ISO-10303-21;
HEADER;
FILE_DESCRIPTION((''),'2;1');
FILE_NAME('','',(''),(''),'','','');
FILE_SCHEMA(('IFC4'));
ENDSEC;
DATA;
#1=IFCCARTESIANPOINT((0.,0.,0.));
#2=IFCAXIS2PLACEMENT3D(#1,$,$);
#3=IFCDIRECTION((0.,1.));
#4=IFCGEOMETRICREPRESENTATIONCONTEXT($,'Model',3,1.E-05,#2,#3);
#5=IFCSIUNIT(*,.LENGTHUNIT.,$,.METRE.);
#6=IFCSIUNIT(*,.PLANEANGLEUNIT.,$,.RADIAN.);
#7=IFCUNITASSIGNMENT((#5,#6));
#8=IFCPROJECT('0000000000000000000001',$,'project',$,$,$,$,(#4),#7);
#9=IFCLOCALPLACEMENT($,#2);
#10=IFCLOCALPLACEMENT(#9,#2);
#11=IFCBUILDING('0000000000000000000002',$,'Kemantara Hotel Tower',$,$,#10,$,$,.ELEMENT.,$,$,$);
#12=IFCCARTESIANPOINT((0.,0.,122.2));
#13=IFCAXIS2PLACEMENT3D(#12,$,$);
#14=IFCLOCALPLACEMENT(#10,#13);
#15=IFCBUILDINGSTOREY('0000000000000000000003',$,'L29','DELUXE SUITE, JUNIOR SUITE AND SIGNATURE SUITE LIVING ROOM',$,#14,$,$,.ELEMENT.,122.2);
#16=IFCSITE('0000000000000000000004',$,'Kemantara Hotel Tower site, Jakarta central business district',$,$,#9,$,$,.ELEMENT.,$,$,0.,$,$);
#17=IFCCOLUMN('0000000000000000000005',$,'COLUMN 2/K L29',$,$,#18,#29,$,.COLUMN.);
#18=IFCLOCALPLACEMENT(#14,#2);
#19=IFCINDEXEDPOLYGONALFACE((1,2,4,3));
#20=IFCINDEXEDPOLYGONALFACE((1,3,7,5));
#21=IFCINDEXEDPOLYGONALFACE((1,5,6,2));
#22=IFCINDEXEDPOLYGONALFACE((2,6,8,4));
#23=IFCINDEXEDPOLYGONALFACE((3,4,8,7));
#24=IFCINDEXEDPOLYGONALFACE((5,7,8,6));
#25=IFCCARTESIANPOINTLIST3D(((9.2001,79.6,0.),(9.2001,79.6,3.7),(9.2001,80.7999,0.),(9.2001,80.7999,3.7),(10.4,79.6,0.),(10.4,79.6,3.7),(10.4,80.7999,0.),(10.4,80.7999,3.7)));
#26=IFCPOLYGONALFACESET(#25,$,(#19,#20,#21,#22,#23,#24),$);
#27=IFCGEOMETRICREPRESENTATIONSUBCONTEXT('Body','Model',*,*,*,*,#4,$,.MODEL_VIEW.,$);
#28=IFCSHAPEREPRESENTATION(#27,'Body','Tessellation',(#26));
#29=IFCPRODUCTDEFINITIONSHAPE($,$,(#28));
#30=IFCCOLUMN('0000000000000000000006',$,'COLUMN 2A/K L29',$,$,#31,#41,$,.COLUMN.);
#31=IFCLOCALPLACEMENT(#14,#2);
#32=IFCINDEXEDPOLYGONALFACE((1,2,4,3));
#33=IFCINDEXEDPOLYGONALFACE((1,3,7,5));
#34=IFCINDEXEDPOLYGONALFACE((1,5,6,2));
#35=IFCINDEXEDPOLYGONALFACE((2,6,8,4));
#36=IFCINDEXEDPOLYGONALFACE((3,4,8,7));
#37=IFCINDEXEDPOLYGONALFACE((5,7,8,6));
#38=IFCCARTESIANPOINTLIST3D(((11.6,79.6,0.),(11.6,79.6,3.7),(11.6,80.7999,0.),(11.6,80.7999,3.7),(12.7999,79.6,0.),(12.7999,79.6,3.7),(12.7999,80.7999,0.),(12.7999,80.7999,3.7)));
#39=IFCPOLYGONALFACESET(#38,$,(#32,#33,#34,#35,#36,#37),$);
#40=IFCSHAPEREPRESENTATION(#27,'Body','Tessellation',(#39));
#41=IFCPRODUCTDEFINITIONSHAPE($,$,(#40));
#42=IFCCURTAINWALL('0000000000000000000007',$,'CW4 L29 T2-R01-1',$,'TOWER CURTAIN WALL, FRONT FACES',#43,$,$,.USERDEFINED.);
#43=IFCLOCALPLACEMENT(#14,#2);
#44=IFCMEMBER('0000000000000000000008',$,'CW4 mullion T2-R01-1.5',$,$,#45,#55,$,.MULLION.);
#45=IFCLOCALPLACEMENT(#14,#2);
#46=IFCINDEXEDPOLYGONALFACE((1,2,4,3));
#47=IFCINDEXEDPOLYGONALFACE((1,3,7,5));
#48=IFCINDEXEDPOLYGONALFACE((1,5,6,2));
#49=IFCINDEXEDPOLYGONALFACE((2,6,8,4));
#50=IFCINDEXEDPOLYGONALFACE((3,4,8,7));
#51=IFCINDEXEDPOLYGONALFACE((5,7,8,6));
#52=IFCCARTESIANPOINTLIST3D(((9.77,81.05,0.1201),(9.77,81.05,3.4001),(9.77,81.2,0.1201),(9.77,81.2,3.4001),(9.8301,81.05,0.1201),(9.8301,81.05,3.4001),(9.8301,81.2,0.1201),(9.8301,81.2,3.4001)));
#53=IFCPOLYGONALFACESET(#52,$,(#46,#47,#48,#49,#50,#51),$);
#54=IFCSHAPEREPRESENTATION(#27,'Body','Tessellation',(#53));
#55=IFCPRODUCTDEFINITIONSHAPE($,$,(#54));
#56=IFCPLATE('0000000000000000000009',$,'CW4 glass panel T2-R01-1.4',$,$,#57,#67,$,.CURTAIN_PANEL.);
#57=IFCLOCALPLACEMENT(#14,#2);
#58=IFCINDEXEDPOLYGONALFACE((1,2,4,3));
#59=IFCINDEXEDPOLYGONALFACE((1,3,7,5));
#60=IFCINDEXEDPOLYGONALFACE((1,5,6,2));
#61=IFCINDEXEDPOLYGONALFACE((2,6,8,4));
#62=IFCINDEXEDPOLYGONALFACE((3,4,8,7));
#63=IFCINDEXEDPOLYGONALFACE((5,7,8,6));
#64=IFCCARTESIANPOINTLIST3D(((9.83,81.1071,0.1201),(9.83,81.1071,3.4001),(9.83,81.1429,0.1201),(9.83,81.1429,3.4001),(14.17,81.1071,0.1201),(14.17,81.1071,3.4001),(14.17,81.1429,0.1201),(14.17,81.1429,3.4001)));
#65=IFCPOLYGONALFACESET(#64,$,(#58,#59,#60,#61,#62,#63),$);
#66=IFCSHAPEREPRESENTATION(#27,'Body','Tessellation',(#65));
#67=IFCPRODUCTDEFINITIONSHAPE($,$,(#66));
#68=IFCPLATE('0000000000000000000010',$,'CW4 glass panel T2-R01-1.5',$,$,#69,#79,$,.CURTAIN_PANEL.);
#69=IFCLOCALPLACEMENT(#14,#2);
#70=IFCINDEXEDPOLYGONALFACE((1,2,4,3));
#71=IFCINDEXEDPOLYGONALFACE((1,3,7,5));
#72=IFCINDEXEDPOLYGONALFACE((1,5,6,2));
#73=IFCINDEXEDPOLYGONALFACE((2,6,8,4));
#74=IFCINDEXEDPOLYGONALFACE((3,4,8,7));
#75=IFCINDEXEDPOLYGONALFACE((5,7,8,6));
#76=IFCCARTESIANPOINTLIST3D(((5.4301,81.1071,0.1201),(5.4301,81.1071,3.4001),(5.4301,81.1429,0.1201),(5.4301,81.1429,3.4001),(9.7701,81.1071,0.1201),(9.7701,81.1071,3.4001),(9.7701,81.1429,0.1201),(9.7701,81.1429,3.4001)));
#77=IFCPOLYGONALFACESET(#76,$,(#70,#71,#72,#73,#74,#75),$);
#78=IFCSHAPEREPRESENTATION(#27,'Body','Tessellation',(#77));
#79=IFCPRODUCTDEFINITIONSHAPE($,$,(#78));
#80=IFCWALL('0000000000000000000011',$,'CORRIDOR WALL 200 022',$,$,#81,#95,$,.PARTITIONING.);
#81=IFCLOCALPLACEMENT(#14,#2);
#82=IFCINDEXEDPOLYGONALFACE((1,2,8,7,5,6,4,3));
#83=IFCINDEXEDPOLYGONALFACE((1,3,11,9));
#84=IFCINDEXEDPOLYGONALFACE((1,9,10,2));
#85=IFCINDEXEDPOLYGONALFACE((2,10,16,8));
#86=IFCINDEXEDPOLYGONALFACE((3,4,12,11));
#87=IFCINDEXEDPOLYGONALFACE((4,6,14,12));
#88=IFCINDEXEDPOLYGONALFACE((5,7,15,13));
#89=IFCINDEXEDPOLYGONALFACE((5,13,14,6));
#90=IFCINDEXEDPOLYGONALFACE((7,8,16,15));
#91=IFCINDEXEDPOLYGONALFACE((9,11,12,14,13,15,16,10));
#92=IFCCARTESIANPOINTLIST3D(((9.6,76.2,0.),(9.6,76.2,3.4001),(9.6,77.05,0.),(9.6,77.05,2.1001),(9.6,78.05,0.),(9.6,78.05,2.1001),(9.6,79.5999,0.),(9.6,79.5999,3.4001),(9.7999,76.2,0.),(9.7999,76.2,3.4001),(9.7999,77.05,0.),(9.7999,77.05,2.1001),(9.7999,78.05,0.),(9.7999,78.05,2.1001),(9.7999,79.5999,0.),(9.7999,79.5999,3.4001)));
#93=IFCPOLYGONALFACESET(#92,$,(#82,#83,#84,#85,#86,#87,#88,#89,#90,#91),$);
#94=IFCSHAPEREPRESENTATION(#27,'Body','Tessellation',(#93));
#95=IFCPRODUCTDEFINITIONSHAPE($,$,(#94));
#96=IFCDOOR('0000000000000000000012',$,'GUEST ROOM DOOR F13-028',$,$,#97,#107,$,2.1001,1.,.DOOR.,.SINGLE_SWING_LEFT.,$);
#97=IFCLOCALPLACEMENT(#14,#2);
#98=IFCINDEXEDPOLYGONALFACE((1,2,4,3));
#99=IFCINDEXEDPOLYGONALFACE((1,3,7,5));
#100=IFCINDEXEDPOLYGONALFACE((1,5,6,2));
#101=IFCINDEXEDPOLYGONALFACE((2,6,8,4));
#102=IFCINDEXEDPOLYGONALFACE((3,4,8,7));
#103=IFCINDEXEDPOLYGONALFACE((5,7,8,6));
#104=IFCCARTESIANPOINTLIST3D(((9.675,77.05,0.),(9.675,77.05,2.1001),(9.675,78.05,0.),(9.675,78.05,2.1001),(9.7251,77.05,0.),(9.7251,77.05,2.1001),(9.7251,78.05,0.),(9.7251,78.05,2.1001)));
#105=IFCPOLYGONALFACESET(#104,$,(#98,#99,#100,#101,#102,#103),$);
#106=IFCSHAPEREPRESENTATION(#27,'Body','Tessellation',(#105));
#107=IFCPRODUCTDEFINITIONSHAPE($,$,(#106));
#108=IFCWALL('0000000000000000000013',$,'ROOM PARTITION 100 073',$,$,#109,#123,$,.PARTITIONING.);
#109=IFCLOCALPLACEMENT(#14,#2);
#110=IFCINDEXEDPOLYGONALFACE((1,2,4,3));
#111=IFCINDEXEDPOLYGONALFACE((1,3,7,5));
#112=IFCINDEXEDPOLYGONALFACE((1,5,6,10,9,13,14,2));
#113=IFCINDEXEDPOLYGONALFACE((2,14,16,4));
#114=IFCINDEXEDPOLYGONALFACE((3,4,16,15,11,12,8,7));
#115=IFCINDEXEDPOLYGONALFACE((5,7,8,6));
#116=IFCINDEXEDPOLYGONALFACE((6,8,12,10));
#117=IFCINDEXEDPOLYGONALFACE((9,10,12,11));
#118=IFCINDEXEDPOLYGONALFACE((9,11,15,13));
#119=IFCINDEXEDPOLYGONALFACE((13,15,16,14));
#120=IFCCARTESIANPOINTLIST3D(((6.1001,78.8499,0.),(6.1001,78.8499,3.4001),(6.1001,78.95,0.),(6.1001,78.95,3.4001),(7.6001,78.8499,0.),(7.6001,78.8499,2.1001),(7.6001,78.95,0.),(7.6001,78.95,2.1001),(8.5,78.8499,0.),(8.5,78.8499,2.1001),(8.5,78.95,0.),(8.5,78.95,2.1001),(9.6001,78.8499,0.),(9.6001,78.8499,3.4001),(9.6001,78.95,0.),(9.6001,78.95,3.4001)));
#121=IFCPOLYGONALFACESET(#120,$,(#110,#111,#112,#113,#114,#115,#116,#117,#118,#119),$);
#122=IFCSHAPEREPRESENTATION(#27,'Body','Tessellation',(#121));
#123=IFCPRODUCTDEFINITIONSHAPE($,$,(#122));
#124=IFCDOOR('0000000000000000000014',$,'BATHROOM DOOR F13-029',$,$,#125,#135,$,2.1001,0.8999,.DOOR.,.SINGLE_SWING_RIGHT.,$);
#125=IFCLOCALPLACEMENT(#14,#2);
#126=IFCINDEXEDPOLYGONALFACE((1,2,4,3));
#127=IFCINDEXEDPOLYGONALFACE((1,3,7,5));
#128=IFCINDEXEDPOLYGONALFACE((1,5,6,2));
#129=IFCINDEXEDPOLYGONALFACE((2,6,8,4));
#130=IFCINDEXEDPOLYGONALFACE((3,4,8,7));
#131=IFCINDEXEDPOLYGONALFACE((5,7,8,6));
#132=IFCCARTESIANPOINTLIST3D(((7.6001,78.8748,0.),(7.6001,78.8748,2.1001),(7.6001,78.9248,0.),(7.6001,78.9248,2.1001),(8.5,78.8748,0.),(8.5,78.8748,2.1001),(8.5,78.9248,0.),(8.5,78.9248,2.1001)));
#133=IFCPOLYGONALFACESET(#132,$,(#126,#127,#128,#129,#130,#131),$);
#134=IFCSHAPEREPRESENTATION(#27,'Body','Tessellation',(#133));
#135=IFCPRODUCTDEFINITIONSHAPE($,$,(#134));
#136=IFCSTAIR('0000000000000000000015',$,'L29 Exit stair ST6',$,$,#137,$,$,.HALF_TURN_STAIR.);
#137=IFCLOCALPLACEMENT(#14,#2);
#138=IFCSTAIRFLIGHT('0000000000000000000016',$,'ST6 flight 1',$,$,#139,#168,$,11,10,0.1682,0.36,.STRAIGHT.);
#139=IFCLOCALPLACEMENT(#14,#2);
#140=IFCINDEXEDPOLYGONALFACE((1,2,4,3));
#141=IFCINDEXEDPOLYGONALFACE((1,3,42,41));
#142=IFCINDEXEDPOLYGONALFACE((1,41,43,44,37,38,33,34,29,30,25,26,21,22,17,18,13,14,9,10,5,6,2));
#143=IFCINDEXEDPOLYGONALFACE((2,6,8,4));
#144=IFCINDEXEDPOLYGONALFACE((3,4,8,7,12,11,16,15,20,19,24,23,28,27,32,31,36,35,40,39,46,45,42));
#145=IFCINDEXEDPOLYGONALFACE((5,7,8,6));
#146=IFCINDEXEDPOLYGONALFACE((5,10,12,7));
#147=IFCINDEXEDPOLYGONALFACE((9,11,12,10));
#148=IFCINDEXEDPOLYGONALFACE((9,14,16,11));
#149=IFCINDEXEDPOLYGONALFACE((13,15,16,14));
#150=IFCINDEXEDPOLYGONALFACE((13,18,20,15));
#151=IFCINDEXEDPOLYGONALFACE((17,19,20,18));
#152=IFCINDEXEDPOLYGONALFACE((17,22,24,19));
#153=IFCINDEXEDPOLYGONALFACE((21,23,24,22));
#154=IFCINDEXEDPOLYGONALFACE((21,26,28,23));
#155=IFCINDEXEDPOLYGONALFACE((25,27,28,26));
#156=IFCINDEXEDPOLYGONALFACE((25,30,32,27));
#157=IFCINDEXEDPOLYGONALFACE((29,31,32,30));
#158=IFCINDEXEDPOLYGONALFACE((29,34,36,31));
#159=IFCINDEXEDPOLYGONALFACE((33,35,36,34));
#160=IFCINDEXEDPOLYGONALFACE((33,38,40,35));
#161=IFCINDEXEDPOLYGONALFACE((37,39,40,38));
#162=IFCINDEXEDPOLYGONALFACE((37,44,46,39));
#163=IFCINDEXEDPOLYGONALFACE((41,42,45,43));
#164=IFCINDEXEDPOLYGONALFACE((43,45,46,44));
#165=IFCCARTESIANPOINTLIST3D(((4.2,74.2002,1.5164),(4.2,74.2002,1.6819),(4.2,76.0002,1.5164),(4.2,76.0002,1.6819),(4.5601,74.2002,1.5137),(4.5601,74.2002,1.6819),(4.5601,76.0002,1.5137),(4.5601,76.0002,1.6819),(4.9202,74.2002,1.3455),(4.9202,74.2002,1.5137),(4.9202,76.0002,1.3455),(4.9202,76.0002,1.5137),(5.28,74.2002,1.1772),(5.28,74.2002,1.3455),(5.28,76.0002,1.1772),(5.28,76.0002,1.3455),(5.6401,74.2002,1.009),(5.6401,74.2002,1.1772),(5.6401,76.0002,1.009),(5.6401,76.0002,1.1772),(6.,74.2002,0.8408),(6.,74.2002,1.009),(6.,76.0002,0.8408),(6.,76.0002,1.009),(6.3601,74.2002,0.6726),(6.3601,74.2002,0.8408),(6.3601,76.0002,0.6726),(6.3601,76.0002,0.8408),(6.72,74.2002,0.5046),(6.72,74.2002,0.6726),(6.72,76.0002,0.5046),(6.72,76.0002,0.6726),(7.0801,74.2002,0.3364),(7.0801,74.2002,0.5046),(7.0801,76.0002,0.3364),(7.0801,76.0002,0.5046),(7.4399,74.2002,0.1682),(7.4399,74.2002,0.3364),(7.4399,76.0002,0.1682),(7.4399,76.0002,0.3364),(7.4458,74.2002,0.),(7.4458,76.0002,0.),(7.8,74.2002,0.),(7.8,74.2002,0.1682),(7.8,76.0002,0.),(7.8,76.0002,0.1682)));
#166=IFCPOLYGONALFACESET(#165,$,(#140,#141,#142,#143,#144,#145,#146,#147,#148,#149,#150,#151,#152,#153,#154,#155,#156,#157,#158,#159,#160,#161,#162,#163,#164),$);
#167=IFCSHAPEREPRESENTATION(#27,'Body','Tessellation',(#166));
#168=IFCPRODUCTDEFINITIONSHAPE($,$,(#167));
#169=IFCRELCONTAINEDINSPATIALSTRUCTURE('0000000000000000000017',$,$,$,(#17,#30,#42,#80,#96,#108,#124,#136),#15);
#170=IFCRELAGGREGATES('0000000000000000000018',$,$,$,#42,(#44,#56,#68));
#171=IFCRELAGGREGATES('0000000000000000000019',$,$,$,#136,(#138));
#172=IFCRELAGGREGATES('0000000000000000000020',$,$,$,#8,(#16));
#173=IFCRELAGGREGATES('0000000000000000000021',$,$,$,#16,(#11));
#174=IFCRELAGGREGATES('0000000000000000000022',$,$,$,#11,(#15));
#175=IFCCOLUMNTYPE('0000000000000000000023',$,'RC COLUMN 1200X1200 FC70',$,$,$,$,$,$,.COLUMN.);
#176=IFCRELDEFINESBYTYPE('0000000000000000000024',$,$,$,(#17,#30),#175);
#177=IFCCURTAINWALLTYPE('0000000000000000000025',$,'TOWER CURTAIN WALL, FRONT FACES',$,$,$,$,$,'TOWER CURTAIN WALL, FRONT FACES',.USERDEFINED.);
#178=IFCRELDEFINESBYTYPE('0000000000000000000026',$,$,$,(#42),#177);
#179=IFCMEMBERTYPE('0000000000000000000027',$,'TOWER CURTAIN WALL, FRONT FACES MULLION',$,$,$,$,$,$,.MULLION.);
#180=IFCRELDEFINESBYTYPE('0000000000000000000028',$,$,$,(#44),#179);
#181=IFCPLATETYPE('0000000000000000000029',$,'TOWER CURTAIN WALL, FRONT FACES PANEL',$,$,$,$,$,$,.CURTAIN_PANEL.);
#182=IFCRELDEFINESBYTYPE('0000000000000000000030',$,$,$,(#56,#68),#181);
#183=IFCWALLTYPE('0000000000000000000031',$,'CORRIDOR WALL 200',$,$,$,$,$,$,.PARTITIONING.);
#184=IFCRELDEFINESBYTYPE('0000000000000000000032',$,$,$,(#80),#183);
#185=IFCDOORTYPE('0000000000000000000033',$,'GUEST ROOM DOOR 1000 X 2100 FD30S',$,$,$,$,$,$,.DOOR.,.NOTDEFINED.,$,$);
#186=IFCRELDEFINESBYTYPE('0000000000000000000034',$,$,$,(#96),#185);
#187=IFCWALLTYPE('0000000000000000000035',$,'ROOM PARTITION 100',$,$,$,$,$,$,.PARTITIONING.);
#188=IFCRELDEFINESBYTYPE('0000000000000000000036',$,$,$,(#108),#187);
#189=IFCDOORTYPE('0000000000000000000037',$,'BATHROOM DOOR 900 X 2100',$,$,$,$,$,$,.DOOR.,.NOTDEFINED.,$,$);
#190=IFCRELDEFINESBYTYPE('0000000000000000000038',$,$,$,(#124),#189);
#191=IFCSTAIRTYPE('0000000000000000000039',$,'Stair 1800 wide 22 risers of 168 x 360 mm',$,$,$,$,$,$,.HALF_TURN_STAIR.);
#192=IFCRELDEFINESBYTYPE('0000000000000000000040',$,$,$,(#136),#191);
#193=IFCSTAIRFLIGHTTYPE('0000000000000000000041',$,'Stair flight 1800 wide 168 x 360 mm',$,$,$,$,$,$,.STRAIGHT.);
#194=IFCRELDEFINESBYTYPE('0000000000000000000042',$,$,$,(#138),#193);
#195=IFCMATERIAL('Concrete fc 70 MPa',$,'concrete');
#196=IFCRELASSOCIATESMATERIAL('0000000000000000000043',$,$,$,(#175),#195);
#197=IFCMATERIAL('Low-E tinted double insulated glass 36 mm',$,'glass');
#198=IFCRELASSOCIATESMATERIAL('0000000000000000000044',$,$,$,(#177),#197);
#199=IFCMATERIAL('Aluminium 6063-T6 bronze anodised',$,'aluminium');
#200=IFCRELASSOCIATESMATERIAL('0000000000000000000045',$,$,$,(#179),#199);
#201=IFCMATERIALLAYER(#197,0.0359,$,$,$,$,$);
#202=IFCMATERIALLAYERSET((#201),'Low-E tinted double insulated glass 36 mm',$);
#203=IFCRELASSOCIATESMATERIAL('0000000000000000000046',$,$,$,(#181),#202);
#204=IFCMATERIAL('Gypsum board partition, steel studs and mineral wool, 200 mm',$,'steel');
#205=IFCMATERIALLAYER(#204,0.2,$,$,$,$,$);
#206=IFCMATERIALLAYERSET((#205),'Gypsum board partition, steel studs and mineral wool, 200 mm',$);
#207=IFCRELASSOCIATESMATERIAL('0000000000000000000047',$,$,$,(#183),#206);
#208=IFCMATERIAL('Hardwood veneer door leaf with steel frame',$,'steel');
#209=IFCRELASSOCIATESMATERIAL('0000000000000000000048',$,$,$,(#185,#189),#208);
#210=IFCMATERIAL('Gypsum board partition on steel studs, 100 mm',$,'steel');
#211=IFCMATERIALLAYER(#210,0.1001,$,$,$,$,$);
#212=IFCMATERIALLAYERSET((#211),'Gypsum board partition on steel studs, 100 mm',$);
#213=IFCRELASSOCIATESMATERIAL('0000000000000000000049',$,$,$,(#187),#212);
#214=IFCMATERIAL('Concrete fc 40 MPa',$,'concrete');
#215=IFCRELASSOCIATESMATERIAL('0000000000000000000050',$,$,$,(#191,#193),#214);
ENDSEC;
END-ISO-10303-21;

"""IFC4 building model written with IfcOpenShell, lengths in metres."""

from ifc_helpers import new_model, si_unit, direction, frame, frame_2d, origin, origin_2d, place, context, subcontext, project, spatial, polyline, rectangle, outline, extrude, source, transform, mapped, material, layer, layer_set, material_profile, profile_set, type_object, element, fill, aggregate, save


model = new_model("IFC4")

# Units and contexts
model_context = context("Model", 3, precision=1e-05, world=origin(), true_north=direction((0.0, 1.0)))
body_context = subcontext(model_context, "Body", "Model", "MODEL_VIEW")
ifc_project = project(units=[si_unit("LENGTHUNIT", "METRE"), si_unit("PLANEANGLEUNIT", "RADIAN")], contexts=[model_context])

# Site, building, storey
site_placement = place(None, origin())
site = spatial("IfcSite", under=ifc_project, at=site_placement, Name="Kemantara Hotel Tower site, Jakarta central business district", CompositionType="ELEMENT", RefElevation=0.0)
building_placement = place(site_placement, origin())
building = spatial("IfcBuilding", under=site, at=building_placement, Name="Kemantara Hotel Tower", CompositionType="ELEMENT")
storey_placement = place(building_placement, frame((0.0, 0.0, 122.2)))
storey = spatial("IfcBuildingStorey", under=building, at=storey_placement, Name="L29", Description="DELUXE SUITE, JUNIOR SUITE AND SIGNATURE SUITE LIVING ROOM", CompositionType="ELEMENT", Elevation=122.2)

# Columns
ifc_material_1 = material(Name="Concrete fc 70 MPa", Category="concrete")
ifc_material_profile_1 = material_profile(ifc_material_1, rectangle(XDim=1.2, YDim=1.2, at=origin_2d()), Name="RC 1200X1200")
ifc_profile_set_1 = profile_set([ifc_material_profile_1], Name="Concrete fc 70 MPa")
column_type = type_object("IfcColumnType", Name="RC COLUMN 1200X1200 FC70", PredefinedType="COLUMN", material=ifc_profile_set_1)
for number, where, z_axis, x_axis, name in (
    (1, (9.8, 80.2, 0.0), (0.0, 0.0, 1.0), (1.0, 0.0, 0.0), "COLUMN 2/K L29"),
    (2, (12.2, 80.2, 0.0), (0.0, 0.0, 1.0), (1.0, 0.0, 0.0), "COLUMN 2A/K L29"),
):
    element("IfcColumn", number, at=place(storey_placement, frame(where, z_axis=z_axis, x_axis=x_axis)), inside=storey, type_object=column_type, Name=name, PredefinedType="COLUMN", context=body_context, shape_type="SweptSolid", body=[
        extrude(rectangle(XDim=1.2, YDim=1.2, at=origin_2d()), origin(), (0.0, 0.0, 1.0), 3.7),
    ])

# Curtain wall, member, plates
ifc_material_2 = material(Name="Low-E tinted double insulated glass 36 mm", Category="glass")
curtain_wall_type = type_object("IfcCurtainWallType", Name="TOWER CURTAIN WALL, FRONT FACES", ElementType="TOWER CURTAIN WALL, FRONT FACES", PredefinedType="USERDEFINED", material=ifc_material_2)
curtain_wall_placement = place(storey_placement, origin())
curtain_wall = element("IfcCurtainWall", 3, at=curtain_wall_placement, inside=storey, type_object=curtain_wall_type, Name="CW4 L29 T2-R01-1", ObjectType="TOWER CURTAIN WALL, FRONT FACES", PredefinedType="USERDEFINED")
ifc_material_3 = material(Name="Aluminium 6063-T6 bronze anodised", Category="aluminium")
ifc_material_profile_2 = material_profile(ifc_material_3, rectangle(XDim=0.1499, YDim=0.0601, at=origin_2d()), Name="TOWER CURTAIN WALL, FRONT FACES MULLION")
ifc_profile_set_2 = profile_set([ifc_material_profile_2], Name="Aluminium 6063-T6 bronze anodised")
member_type = type_object("IfcMemberType", Name="TOWER CURTAIN WALL, FRONT FACES MULLION", PredefinedType="MULLION", material=ifc_profile_set_2)
shared_shape_1 = source(origin(), body_context, "Body", "SweptSolid", [
    extrude(rectangle(XDim=0.1499, YDim=0.0601, at=origin_2d()), origin(), (0.0, 0.0, 1.0), 3.28),
])
member_placement = place(storey_placement, frame((9.8, 81.125, 0.1201), z_axis=(0.0, 0.0, 1.0), x_axis=(0.0, -1.0, 0.0)))
member = element("IfcMember", 4, at=member_placement, type_object=member_type, Name="CW4 mullion T2-R01-1.5", PredefinedType="MULLION", context=body_context, shape_type="MappedRepresentation", body=[
    mapped(shared_shape_1, transform((0.0, 0.0, 0.0))),
])
ifc_layer_1 = layer(ifc_material_2, 0.0359)
ifc_layer_set_1 = layer_set([ifc_layer_1], Name="Low-E tinted double insulated glass 36 mm")
plate_type = type_object("IfcPlateType", Name="TOWER CURTAIN WALL, FRONT FACES PANEL", PredefinedType="CURTAIN_PANEL", material=ifc_layer_set_1)
shared_shape_2 = source(origin(), body_context, "Body", "SweptSolid", [
    extrude(rectangle(XDim=4.3401, YDim=0.0359, at=origin_2d()), origin(), (0.0, 0.0, 1.0), 3.28),
])
plate_1_placement = place(storey_placement, frame((12.0, 81.125, 0.1201), z_axis=(0.0, 0.0, 1.0), x_axis=(-1.0, 0.0, 0.0)))
plate_1 = element("IfcPlate", 5, at=plate_1_placement, type_object=plate_type, Name="CW4 glass panel T2-R01-1.4", PredefinedType="CURTAIN_PANEL", context=body_context, shape_type="MappedRepresentation", body=[
    mapped(shared_shape_2, transform((0.0, 0.0, 0.0))),
])
plate_2_placement = place(storey_placement, frame((7.6001, 81.125, 0.1201), z_axis=(0.0, 0.0, 1.0), x_axis=(-1.0, 0.0, 0.0)))
plate_2 = element("IfcPlate", 6, at=plate_2_placement, type_object=plate_type, Name="CW4 glass panel T2-R01-1.5", PredefinedType="CURTAIN_PANEL", context=body_context, shape_type="MappedRepresentation", body=[
    mapped(shared_shape_2, transform((0.0, 0.0, 0.0))),
])
aggregate(curtain_wall, [member, plate_1, plate_2])

# Walls, openings, doors
ifc_material_4 = material(Name="Gypsum board partition, steel studs and mineral wool, 200 mm", Category="steel")
ifc_layer_2 = layer(ifc_material_4, 0.2)
ifc_layer_set_2 = layer_set([ifc_layer_2], Name="Gypsum board partition, steel studs and mineral wool, 200 mm")
wall_type_1 = type_object("IfcWallType", Name="CORRIDOR WALL 200", PredefinedType="PARTITIONING", material=ifc_layer_set_2)
wall_1_placement = place(storey_placement, frame((9.7, 76.2, 0.0), z_axis=(0.0, 0.0, 1.0), x_axis=(0.0, 1.0, 0.0)))
wall_1 = element("IfcWall", 7, at=wall_1_placement, inside=storey, type_object=wall_type_1, Name="CORRIDOR WALL 200 022", PredefinedType="PARTITIONING", context=body_context, shape_type="SweptSolid", body=[
    extrude(rectangle(XDim=3.3999, YDim=0.2, at=frame_2d((1.7, 0.0))), origin(), (0.0, 0.0, 1.0), 3.4001),
])
opening_1_placement = place(wall_1_placement, frame((0.8501, 0.0, 0.0)))
opening_1 = element("IfcOpeningElement", 8, at=opening_1_placement, cuts=wall_1, PredefinedType="OPENING", context=body_context, shape_type="SweptSolid", body=[
    extrude(rectangle(XDim=1.0, YDim=2.1001, at=frame_2d((0.5, 1.05))), frame((0.0, 0.1099, 0.0), z_axis=(0.0, -1.0, 0.0), x_axis=(1.0, 0.0, 0.0)), (0.0, 0.0, 1.0), 0.22),
])
ifc_material_5 = material(Name="Hardwood veneer door leaf with steel frame", Category="steel")
door_type_1 = type_object("IfcDoorType", Name="GUEST ROOM DOOR 1000 X 2100 FD30S", OperationType="NOTDEFINED", PredefinedType="DOOR", material=ifc_material_5)
door_1_placement = place(opening_1_placement, origin())
door_1 = element("IfcDoor", 9, at=door_1_placement, inside=storey, type_object=door_type_1, Name="GUEST ROOM DOOR F13-028", OperationType="SINGLE_SWING_LEFT", OverallHeight=2.1001, OverallWidth=1.0, PredefinedType="DOOR", context=body_context, shape_type="SweptSolid", body=[
    extrude(rectangle(XDim=1.0, YDim=2.1001, at=frame_2d((0.5, 1.05))), frame((0.0, 0.0249, 0.0), z_axis=(0.0, -1.0, 0.0), x_axis=(1.0, 0.0, 0.0)), (0.0, 0.0, 1.0), 0.05),
])
fill(opening_1, door_1)
ifc_material_6 = material(Name="Gypsum board partition on steel studs, 100 mm", Category="steel")
ifc_layer_3 = layer(ifc_material_6, 0.1001)
ifc_layer_set_3 = layer_set([ifc_layer_3], Name="Gypsum board partition on steel studs, 100 mm")
wall_type_2 = type_object("IfcWallType", Name="ROOM PARTITION 100", PredefinedType="PARTITIONING", material=ifc_layer_set_3)
wall_2_placement = place(storey_placement, frame((6.1001, 78.8999, 0.0), z_axis=(0.0, 0.0, 1.0), x_axis=(1.0, 0.0, 0.0)))
wall_2 = element("IfcWall", 10, at=wall_2_placement, inside=storey, type_object=wall_type_2, Name="ROOM PARTITION 100 073", PredefinedType="PARTITIONING", context=body_context, shape_type="SweptSolid", body=[
    extrude(rectangle(XDim=3.5, YDim=0.1001, at=frame_2d((1.75, 0.0))), origin(), (0.0, 0.0, 1.0), 3.4001),
])
opening_2_placement = place(wall_2_placement, frame((1.5, 0.0, 0.0)))
opening_2 = element("IfcOpeningElement", 11, at=opening_2_placement, cuts=wall_2, PredefinedType="OPENING", context=body_context, shape_type="SweptSolid", body=[
    extrude(rectangle(XDim=0.8999, YDim=2.1001, at=frame_2d((0.45, 1.05))), frame((0.0, 0.0601, 0.0), z_axis=(0.0, -1.0, 0.0), x_axis=(1.0, 0.0, 0.0)), (0.0, 0.0, 1.0), 0.1201),
])
door_type_2 = type_object("IfcDoorType", Name="BATHROOM DOOR 900 X 2100", OperationType="NOTDEFINED", PredefinedType="DOOR", material=ifc_material_5)
door_2_placement = place(opening_2_placement, origin())
door_2 = element("IfcDoor", 12, at=door_2_placement, inside=storey, type_object=door_type_2, Name="BATHROOM DOOR F13-029", OperationType="SINGLE_SWING_RIGHT", OverallHeight=2.1001, OverallWidth=0.8999, PredefinedType="DOOR", context=body_context, shape_type="SweptSolid", body=[
    extrude(rectangle(XDim=0.8999, YDim=2.1001, at=frame_2d((0.45, 1.05))), frame((0.0, 0.0249, 0.0), z_axis=(0.0, -1.0, 0.0), x_axis=(1.0, 0.0, 0.0)), (0.0, 0.0, 1.0), 0.05),
])
fill(opening_2, door_2)

# Stair, stair flight
ifc_material_7 = material(Name="Concrete fc 40 MPa", Category="concrete")
stair_type = type_object("IfcStairType", Name="Stair 1800 wide 22 risers of 168 x 360 mm", PredefinedType="HALF_TURN_STAIR", material=ifc_material_7)
stair_placement = place(storey_placement, origin())
stair = element("IfcStair", 13, at=stair_placement, inside=storey, type_object=stair_type, Name="L29 Exit stair ST6", PredefinedType="HALF_TURN_STAIR")
stair_flight_type = type_object("IfcStairFlightType", Name="Stair flight 1800 wide 168 x 360 mm", PredefinedType="STRAIGHT", material=ifc_material_7)
stair_flight_placement = place(storey_placement, frame((7.8, 75.1001, 0.0), z_axis=(0.0, 0.0, 1.0), x_axis=(-1.0, 0.0, 0.0)))
stair_flight = element("IfcStairFlight", 14, at=stair_flight_placement, type_object=stair_flight_type, Name="ST6 flight 1", NumberOfRisers=11, NumberOfTreads=10, PredefinedType="STRAIGHT", RiserHeight=0.1682, TreadLength=0.36, context=body_context, shape_type="SweptSolid", body=[
    extrude(outline(polyline([(0.0, 0.0), (0.0, 0.1682), (0.3601, 0.1682), (0.3601, 0.3364), (0.72, 0.3364), (0.72, 0.5046), (1.0801, 0.5046), (1.0801, 0.6726), (1.4399, 0.6726), (1.4399, 0.8408), (1.8, 0.8408), (1.8, 1.009), (2.1599, 1.009), (2.1599, 1.1772), (2.52, 1.1772), (2.52, 1.3455), (2.8799, 1.3455), (2.8799, 1.5137), (3.24, 1.5137), (3.24, 1.6819), (3.6001, 1.6819), (3.6001, 1.8501), (3.6001, 1.5164), (0.3542, 0.0), (0.0, 0.0)])), frame((0.0, 0.8999, 0.0), z_axis=(0.0, -1.0, 0.0), x_axis=(1.0, 0.0, 0.0)), (0.0, 0.0, 1.0), 1.8),
])
aggregate(stair, [stair_flight])

save(model, "model.ifc")
